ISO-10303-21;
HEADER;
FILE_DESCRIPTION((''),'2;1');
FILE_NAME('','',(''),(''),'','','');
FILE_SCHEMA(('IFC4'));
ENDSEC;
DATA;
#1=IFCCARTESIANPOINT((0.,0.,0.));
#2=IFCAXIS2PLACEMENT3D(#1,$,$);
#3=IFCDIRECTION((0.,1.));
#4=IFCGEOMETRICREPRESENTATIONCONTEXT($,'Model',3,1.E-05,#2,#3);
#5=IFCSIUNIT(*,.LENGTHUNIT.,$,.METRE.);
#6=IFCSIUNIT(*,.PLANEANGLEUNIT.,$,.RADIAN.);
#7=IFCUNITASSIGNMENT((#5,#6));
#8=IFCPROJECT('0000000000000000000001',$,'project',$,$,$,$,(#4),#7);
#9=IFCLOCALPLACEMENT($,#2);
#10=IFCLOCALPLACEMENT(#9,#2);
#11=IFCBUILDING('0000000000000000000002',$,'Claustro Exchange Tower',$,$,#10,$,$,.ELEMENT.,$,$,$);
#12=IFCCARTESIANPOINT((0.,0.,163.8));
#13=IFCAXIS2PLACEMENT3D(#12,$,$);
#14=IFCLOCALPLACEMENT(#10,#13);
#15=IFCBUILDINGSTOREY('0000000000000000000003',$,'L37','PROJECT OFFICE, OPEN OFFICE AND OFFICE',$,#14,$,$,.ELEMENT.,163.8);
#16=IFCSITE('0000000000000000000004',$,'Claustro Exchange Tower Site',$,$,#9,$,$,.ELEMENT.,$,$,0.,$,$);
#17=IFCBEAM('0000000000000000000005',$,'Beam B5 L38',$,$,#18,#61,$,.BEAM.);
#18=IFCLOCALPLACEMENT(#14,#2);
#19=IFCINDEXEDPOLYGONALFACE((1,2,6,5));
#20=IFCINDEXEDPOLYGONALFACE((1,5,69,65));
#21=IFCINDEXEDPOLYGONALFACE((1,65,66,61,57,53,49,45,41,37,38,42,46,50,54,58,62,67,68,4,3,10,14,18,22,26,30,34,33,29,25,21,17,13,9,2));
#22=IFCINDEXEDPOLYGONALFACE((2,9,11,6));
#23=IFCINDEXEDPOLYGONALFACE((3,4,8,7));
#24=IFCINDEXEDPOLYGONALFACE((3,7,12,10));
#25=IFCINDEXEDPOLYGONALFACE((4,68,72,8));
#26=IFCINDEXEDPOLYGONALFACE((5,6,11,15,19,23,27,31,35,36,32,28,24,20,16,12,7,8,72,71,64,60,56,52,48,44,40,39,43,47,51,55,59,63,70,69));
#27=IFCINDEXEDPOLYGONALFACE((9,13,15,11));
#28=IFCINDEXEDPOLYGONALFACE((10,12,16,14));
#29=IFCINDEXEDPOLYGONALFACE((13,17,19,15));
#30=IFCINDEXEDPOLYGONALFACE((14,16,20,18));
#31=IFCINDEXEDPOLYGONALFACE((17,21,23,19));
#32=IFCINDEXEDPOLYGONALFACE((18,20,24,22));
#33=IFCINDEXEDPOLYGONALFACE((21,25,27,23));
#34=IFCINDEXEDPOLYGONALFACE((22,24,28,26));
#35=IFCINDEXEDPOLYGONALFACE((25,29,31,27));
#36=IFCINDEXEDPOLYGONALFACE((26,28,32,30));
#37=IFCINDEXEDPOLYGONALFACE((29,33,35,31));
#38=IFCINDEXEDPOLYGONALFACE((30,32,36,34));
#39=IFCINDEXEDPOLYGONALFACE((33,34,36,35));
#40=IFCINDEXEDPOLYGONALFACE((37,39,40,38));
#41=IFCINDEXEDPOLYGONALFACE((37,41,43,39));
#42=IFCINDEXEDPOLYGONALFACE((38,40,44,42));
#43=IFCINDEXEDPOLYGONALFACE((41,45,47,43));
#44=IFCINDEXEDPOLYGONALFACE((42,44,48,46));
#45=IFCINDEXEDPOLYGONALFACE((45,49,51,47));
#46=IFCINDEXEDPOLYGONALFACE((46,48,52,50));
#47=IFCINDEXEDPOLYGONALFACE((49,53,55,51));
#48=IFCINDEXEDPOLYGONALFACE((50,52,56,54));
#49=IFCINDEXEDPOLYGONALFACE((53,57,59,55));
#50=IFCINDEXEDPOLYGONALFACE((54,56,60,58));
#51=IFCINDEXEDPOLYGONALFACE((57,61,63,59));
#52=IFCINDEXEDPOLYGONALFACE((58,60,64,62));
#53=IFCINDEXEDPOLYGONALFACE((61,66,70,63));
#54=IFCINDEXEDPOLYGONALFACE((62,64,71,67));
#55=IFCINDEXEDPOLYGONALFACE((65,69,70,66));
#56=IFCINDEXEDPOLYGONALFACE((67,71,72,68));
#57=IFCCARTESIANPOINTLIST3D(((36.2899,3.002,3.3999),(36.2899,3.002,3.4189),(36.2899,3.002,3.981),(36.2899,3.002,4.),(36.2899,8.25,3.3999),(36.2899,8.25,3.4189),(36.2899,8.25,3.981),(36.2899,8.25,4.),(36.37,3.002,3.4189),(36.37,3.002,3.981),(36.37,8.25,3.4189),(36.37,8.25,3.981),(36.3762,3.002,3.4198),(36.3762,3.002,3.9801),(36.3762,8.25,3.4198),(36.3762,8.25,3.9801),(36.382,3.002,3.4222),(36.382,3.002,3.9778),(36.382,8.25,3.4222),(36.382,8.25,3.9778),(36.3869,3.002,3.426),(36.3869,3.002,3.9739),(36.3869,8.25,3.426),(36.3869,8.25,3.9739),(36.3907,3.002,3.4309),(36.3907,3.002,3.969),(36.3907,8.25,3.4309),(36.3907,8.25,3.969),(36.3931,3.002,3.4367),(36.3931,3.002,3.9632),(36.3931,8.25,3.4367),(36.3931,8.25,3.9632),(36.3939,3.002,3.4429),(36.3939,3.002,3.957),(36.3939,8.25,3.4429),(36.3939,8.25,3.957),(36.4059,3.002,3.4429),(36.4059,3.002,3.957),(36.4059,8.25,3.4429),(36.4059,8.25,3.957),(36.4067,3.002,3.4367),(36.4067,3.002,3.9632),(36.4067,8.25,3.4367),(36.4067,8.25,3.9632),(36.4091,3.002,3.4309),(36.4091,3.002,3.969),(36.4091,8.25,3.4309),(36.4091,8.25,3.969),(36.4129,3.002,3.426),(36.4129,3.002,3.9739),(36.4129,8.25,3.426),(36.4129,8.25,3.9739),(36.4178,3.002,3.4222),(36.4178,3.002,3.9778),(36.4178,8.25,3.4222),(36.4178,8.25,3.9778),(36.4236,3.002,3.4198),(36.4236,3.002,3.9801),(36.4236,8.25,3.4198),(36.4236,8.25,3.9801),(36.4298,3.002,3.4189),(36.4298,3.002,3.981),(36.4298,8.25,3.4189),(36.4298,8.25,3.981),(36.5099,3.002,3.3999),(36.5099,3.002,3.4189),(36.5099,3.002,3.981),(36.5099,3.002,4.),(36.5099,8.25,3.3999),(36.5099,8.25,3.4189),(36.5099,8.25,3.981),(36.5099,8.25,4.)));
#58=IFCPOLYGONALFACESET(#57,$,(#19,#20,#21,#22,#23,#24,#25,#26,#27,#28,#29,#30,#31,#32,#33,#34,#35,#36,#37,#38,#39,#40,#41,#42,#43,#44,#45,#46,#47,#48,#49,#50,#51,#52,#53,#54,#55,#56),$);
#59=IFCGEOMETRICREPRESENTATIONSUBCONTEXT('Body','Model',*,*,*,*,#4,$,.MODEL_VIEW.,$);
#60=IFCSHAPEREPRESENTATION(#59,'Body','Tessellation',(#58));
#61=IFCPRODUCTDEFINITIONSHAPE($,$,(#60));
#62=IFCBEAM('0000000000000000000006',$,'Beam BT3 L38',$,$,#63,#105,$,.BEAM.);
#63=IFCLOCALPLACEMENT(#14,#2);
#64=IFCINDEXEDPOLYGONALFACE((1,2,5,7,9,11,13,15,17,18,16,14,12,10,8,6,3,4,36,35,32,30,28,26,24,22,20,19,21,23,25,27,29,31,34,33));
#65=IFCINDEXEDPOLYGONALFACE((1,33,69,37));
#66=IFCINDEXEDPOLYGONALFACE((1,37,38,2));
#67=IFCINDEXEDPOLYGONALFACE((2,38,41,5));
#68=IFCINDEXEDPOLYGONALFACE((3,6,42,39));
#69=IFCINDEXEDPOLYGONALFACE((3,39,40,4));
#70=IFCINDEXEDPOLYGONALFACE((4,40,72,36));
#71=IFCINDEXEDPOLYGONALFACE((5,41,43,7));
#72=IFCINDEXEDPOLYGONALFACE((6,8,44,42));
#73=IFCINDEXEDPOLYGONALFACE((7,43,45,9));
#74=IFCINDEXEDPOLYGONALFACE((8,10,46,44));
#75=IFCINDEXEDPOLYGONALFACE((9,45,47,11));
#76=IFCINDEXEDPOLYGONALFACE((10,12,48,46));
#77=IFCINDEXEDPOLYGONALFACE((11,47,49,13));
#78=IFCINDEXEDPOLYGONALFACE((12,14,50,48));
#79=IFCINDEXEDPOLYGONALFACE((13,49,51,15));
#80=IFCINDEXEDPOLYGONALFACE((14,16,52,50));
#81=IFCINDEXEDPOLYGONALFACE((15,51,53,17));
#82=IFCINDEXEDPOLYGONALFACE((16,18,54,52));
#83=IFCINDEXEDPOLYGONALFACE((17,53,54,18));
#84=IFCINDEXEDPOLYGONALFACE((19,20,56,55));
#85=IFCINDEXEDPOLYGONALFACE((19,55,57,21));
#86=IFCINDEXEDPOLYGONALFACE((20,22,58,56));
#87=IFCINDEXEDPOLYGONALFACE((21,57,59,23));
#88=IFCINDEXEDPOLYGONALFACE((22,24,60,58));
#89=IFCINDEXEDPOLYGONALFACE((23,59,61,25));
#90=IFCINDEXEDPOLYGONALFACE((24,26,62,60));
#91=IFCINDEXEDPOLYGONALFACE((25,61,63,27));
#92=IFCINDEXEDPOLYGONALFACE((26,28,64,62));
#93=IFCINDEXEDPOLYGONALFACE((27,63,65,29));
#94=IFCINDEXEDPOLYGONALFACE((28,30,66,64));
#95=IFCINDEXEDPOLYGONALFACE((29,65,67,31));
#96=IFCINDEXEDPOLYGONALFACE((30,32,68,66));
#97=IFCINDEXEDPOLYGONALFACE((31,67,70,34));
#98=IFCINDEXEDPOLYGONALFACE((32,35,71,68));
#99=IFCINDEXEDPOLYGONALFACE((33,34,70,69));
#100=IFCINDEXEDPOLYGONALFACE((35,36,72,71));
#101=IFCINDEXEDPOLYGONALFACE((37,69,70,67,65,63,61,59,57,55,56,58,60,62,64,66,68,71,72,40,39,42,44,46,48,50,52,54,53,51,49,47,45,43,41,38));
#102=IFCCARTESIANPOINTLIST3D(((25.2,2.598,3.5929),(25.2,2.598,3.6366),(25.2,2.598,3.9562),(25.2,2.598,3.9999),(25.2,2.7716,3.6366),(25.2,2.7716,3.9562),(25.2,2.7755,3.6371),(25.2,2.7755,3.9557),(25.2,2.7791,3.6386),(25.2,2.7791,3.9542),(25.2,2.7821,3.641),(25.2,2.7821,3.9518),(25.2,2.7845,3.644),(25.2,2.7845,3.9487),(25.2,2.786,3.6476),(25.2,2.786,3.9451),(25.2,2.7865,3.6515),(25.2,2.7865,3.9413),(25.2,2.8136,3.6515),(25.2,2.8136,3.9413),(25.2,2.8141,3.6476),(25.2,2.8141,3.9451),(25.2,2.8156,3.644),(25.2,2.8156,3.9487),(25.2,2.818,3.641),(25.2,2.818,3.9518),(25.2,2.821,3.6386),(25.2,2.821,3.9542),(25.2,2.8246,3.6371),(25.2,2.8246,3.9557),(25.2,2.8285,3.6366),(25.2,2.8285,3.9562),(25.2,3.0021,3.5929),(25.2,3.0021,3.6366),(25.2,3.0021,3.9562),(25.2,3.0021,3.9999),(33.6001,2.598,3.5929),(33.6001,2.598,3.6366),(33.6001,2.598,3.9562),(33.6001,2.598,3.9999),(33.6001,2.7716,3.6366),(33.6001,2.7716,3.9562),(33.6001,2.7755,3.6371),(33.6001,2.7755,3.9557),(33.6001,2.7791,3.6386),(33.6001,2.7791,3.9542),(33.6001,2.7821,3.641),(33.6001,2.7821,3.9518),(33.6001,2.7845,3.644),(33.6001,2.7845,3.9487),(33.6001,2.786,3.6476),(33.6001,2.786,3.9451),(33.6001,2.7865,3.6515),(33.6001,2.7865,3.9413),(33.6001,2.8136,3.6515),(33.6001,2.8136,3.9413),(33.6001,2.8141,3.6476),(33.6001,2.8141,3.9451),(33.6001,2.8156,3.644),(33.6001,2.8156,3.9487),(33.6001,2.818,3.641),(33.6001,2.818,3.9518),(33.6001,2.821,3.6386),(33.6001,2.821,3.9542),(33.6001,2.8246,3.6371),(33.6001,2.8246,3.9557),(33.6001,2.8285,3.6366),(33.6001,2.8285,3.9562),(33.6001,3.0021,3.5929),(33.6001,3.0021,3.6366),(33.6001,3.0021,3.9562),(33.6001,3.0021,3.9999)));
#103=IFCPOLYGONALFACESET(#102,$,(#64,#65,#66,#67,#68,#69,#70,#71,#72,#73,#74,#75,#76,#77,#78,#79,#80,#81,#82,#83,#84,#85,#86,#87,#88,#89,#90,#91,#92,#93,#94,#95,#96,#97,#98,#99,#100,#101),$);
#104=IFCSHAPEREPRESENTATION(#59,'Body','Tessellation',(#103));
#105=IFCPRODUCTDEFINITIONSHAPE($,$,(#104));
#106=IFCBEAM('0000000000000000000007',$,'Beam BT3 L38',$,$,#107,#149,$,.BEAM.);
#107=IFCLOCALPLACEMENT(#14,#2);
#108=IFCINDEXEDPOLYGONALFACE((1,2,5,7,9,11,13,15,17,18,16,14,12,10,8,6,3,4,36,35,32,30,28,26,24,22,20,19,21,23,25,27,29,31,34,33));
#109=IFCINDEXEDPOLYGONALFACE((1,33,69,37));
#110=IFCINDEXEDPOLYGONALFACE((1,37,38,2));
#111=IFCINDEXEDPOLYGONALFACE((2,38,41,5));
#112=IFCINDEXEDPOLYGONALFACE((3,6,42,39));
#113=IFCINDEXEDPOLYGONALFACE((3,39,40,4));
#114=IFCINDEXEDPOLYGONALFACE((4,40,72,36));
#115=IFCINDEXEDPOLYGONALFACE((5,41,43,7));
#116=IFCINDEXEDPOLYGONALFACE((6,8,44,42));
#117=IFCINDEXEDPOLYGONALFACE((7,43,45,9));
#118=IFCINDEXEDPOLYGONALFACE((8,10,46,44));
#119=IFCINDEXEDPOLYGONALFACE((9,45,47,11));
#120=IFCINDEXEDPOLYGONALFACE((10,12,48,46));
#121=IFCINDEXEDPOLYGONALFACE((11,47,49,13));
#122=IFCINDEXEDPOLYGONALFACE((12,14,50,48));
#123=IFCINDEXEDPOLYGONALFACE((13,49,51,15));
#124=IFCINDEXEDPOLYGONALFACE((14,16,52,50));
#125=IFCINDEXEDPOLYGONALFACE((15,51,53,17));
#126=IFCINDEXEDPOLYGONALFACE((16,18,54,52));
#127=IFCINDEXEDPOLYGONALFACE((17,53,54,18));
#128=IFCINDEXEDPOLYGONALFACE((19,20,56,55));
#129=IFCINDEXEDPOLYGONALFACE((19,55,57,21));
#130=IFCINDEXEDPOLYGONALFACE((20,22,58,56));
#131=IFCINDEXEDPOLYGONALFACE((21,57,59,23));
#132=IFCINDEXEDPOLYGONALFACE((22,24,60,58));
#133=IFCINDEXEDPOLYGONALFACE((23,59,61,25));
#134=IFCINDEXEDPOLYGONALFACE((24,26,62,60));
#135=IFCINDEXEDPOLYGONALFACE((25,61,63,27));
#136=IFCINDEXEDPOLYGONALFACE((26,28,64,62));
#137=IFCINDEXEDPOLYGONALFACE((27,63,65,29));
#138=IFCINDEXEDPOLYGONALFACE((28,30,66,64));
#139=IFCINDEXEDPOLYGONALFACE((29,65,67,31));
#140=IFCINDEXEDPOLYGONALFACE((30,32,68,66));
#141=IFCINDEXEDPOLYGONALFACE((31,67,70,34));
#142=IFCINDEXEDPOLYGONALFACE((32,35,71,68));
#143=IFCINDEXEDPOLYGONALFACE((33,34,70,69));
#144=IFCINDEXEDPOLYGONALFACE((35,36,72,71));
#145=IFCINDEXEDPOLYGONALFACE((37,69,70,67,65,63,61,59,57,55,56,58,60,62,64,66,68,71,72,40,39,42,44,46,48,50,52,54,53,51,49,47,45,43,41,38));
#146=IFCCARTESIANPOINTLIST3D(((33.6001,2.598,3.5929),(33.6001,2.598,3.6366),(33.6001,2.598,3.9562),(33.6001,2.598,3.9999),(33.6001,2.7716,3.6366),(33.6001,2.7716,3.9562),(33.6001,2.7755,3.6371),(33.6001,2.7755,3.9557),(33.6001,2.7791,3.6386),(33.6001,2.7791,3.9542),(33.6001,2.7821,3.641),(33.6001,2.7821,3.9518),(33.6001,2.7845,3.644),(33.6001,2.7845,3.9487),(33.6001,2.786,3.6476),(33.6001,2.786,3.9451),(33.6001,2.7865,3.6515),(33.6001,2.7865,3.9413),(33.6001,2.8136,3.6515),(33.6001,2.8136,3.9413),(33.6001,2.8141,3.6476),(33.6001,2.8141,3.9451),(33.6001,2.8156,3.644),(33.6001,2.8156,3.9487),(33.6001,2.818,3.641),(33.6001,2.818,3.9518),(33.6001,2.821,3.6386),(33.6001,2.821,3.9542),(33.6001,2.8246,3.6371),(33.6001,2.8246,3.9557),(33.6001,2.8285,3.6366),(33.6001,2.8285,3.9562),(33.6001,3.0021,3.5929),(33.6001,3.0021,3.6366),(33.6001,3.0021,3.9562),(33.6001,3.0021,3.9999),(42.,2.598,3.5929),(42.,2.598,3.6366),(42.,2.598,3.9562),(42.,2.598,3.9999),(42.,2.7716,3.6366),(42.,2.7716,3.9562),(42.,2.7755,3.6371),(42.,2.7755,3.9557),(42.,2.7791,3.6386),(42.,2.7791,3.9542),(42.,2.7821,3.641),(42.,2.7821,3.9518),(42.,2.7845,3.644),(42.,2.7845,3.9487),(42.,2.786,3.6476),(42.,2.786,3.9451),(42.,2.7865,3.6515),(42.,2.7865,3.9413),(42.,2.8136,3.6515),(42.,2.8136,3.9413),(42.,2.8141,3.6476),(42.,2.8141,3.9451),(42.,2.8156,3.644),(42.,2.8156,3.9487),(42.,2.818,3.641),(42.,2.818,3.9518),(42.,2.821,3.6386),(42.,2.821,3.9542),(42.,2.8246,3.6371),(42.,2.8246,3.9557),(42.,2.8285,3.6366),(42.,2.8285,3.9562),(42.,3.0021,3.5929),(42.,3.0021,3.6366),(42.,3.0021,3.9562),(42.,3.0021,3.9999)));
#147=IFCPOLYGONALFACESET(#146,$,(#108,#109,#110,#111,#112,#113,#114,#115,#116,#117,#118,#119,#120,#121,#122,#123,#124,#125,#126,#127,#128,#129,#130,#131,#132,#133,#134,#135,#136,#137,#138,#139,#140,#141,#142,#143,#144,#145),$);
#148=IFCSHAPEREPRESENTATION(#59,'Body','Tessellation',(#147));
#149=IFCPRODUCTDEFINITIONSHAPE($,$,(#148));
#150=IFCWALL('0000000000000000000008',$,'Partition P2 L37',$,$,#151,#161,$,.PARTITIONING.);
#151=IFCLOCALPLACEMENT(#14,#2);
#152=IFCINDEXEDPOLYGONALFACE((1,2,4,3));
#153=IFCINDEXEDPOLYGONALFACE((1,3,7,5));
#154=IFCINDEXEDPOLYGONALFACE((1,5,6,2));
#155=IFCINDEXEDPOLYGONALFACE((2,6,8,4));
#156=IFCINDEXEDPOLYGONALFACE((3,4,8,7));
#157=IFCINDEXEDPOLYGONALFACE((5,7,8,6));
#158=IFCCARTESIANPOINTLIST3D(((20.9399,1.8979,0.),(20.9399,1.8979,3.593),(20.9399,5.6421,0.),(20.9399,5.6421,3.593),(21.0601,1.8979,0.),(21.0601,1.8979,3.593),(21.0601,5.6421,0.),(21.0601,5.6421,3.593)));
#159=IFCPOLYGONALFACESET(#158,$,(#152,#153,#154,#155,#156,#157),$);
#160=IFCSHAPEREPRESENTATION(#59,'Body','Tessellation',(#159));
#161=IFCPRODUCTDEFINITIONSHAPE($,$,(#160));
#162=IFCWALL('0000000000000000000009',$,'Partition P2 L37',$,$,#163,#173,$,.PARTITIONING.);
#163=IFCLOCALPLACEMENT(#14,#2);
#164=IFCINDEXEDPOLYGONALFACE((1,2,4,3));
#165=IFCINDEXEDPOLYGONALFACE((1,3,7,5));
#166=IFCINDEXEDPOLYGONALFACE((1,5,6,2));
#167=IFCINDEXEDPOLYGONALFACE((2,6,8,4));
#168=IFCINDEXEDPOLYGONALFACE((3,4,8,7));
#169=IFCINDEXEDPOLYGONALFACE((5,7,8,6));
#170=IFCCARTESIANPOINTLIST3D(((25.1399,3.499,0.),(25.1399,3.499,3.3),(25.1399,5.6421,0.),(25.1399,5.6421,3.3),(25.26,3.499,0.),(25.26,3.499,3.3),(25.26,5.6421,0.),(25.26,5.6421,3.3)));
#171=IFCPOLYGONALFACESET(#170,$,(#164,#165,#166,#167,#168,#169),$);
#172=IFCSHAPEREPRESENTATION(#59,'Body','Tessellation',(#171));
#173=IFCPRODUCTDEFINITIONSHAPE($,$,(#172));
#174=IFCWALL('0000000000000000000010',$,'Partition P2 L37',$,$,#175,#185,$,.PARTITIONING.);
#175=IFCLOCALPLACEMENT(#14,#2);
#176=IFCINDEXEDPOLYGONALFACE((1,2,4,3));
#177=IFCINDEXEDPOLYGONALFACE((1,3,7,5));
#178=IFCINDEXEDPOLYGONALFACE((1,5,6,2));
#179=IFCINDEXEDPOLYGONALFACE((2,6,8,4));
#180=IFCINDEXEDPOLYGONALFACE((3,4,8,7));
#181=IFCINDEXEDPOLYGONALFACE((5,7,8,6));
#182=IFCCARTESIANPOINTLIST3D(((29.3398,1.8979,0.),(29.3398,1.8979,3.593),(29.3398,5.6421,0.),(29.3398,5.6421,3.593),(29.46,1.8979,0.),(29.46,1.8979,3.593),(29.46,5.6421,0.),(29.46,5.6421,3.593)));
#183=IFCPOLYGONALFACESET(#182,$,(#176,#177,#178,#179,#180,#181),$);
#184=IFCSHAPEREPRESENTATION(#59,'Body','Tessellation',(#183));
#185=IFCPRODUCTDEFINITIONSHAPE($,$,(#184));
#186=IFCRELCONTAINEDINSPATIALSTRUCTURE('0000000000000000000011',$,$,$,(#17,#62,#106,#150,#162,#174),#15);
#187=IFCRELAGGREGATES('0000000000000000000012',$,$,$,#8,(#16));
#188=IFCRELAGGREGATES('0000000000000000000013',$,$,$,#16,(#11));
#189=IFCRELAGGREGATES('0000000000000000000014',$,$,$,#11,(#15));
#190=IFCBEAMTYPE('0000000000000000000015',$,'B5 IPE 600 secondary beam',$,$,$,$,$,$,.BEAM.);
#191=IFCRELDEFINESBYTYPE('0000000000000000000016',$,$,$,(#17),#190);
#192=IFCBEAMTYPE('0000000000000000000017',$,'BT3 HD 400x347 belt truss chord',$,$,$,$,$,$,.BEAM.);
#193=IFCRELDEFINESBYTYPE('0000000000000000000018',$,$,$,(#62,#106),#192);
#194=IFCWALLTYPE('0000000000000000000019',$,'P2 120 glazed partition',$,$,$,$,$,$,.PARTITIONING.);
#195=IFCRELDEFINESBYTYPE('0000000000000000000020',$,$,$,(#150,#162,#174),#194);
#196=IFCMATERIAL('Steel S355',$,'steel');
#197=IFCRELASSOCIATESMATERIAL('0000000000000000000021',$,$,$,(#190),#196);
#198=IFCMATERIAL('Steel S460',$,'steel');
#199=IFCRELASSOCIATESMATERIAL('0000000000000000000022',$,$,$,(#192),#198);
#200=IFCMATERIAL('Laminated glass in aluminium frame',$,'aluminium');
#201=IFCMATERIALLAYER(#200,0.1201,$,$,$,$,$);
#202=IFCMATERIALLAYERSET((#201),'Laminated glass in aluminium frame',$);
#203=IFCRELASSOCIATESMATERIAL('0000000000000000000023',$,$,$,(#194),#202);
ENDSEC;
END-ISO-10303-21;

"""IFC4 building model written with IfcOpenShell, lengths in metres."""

from ifc_helpers import new_model, si_unit, direction, frame, frame_2d, origin, origin_2d, place, context, subcontext, project, spatial, rectangle, i_section, extrude, material, layer, layer_set, material_profile, profile_set, type_object, element, save


model = new_model("IFC4")

# Units and contexts
model_context = context("Model", 3, precision=1e-05, world=origin(), true_north=direction((0.0, 1.0)))
body_context = subcontext(model_context, "Body", "Model", "MODEL_VIEW")
ifc_project = project(units=[si_unit("LENGTHUNIT", "METRE"), si_unit("PLANEANGLEUNIT", "RADIAN")], contexts=[model_context])

# Site, building, storey
site_placement = place(None, origin())
site = spatial("IfcSite", under=ifc_project, at=site_placement, Name="Claustro Exchange Tower Site", CompositionType="ELEMENT", RefElevation=0.0)
building_placement = place(site_placement, origin())
building = spatial("IfcBuilding", under=site, at=building_placement, Name="Claustro Exchange Tower", CompositionType="ELEMENT")
storey_placement = place(building_placement, frame((0.0, 0.0, 163.8)))
storey = spatial("IfcBuildingStorey", under=building, at=storey_placement, Name="L37", Description="PROJECT OFFICE, OPEN OFFICE AND OFFICE", CompositionType="ELEMENT", Elevation=163.8)

# Beams
ifc_material_1 = material(Name="Steel S355", Category="steel")
ifc_material_profile_1 = material_profile(ifc_material_1, i_section(OverallWidth=0.22, OverallDepth=0.6001, WebThickness=0.012, FlangeThickness=0.019, FilletRadius=0.0239, at=origin_2d()), Name="IPE 600")
ifc_profile_set_1 = profile_set([ifc_material_profile_1], Name="Steel S355")
beam_type_1 = type_object("IfcBeamType", Name="B5 IPE 600 secondary beam", PredefinedType="BEAM", material=ifc_profile_set_1)
for number, where, z_axis, x_axis, name in (
    (1, (36.3999, 3.002, 3.7), (0.0, 1.0, 0.0), (-1.0, 0.0, 0.0), "Beam B5 L38"),
):
    element("IfcBeam", number, at=place(storey_placement, frame(where, z_axis=z_axis, x_axis=x_axis)), inside=storey, type_object=beam_type_1, Name=name, PredefinedType="BEAM", context=body_context, shape_type="SweptSolid", body=[
        extrude(i_section(OverallWidth=0.22, OverallDepth=0.6001, WebThickness=0.012, FlangeThickness=0.019, FilletRadius=0.0239, at=origin_2d()), origin(), (0.0, 0.0, 1.0), 5.248),
    ])
ifc_material_2 = material(Name="Steel S460", Category="steel")
ifc_material_profile_2 = material_profile(ifc_material_2, i_section(OverallWidth=0.4041, OverallDepth=0.407, WebThickness=0.0271, FlangeThickness=0.0437, FilletRadius=0.0149, at=origin_2d()), Name="HD 400x347")
ifc_profile_set_2 = profile_set([ifc_material_profile_2], Name="Steel S460")
beam_type_2 = type_object("IfcBeamType", Name="BT3 HD 400x347 belt truss chord", PredefinedType="BEAM", material=ifc_profile_set_2)
beam_1_placement = place(storey_placement, frame((25.2, 2.8, 3.7964), z_axis=(1.0, 0.0, 0.0), x_axis=(0.0, 1.0, 0.0)))
element("IfcBeam", 2, at=beam_1_placement, inside=storey, type_object=beam_type_2, Name="Beam BT3 L38", PredefinedType="BEAM", context=body_context, shape_type="SweptSolid", body=[
    extrude(i_section(OverallWidth=0.4041, OverallDepth=0.407, WebThickness=0.0271, FlangeThickness=0.0437, FilletRadius=0.0149, at=origin_2d()), origin(), (0.0, 0.0, 1.0), 8.4001),
])
beam_2_placement = place(storey_placement, frame((33.6001, 2.8, 3.7964), z_axis=(1.0, 0.0, 0.0), x_axis=(0.0, 1.0, 0.0)))
element("IfcBeam", 3, at=beam_2_placement, inside=storey, type_object=beam_type_2, Name="Beam BT3 L38", PredefinedType="BEAM", context=body_context, shape_type="SweptSolid", body=[
    extrude(i_section(OverallWidth=0.4041, OverallDepth=0.407, WebThickness=0.0271, FlangeThickness=0.0437, FilletRadius=0.0149, at=origin_2d()), origin(), (0.0, 0.0, 1.0), 8.3999),
])

# Walls
ifc_material_3 = material(Name="Laminated glass in aluminium frame", Category="aluminium")
ifc_layer_1 = layer(ifc_material_3, 0.1201)
ifc_layer_set_1 = layer_set([ifc_layer_1], Name="Laminated glass in aluminium frame")
wall_type_1 = type_object("IfcWallType", Name="P2 120 glazed partition", PredefinedType="PARTITIONING", material=ifc_layer_set_1)
wall_1_placement = place(storey_placement, frame((21.0, 1.8979, 0.0), z_axis=(0.0, 0.0, 1.0), x_axis=(0.0, 1.0, 0.0)))
element("IfcWall", 4, at=wall_1_placement, inside=storey, type_object=wall_type_1, Name="Partition P2 L37", PredefinedType="PARTITIONING", context=body_context, shape_type="SweptSolid", body=[
    extrude(rectangle(XDim=3.7441, YDim=0.1201, at=frame_2d((1.8721, 0.0))), origin(), (0.0, 0.0, 1.0), 3.593),
])
wall_2_placement = place(storey_placement, frame((25.2, 3.499, 0.0), z_axis=(0.0, 0.0, 1.0), x_axis=(0.0, 1.0, 0.0)))
element("IfcWall", 5, at=wall_2_placement, inside=storey, type_object=wall_type_1, Name="Partition P2 L37", PredefinedType="PARTITIONING", context=body_context, shape_type="SweptSolid", body=[
    extrude(rectangle(XDim=2.1431, YDim=0.1201, at=frame_2d((1.0715, 0.0))), origin(), (0.0, 0.0, 1.0), 3.3),
])
wall_3_placement = place(storey_placement, frame((29.3999, 1.8979, 0.0), z_axis=(0.0, 0.0, 1.0), x_axis=(0.0, 1.0, 0.0)))
element("IfcWall", 6, at=wall_3_placement, inside=storey, type_object=wall_type_1, Name="Partition P2 L37", PredefinedType="PARTITIONING", context=body_context, shape_type="SweptSolid", body=[
    extrude(rectangle(XDim=3.7441, YDim=0.1201, at=frame_2d((1.8721, 0.0))), origin(), (0.0, 0.0, 1.0), 3.593),
])

save(model, "model.ifc")
